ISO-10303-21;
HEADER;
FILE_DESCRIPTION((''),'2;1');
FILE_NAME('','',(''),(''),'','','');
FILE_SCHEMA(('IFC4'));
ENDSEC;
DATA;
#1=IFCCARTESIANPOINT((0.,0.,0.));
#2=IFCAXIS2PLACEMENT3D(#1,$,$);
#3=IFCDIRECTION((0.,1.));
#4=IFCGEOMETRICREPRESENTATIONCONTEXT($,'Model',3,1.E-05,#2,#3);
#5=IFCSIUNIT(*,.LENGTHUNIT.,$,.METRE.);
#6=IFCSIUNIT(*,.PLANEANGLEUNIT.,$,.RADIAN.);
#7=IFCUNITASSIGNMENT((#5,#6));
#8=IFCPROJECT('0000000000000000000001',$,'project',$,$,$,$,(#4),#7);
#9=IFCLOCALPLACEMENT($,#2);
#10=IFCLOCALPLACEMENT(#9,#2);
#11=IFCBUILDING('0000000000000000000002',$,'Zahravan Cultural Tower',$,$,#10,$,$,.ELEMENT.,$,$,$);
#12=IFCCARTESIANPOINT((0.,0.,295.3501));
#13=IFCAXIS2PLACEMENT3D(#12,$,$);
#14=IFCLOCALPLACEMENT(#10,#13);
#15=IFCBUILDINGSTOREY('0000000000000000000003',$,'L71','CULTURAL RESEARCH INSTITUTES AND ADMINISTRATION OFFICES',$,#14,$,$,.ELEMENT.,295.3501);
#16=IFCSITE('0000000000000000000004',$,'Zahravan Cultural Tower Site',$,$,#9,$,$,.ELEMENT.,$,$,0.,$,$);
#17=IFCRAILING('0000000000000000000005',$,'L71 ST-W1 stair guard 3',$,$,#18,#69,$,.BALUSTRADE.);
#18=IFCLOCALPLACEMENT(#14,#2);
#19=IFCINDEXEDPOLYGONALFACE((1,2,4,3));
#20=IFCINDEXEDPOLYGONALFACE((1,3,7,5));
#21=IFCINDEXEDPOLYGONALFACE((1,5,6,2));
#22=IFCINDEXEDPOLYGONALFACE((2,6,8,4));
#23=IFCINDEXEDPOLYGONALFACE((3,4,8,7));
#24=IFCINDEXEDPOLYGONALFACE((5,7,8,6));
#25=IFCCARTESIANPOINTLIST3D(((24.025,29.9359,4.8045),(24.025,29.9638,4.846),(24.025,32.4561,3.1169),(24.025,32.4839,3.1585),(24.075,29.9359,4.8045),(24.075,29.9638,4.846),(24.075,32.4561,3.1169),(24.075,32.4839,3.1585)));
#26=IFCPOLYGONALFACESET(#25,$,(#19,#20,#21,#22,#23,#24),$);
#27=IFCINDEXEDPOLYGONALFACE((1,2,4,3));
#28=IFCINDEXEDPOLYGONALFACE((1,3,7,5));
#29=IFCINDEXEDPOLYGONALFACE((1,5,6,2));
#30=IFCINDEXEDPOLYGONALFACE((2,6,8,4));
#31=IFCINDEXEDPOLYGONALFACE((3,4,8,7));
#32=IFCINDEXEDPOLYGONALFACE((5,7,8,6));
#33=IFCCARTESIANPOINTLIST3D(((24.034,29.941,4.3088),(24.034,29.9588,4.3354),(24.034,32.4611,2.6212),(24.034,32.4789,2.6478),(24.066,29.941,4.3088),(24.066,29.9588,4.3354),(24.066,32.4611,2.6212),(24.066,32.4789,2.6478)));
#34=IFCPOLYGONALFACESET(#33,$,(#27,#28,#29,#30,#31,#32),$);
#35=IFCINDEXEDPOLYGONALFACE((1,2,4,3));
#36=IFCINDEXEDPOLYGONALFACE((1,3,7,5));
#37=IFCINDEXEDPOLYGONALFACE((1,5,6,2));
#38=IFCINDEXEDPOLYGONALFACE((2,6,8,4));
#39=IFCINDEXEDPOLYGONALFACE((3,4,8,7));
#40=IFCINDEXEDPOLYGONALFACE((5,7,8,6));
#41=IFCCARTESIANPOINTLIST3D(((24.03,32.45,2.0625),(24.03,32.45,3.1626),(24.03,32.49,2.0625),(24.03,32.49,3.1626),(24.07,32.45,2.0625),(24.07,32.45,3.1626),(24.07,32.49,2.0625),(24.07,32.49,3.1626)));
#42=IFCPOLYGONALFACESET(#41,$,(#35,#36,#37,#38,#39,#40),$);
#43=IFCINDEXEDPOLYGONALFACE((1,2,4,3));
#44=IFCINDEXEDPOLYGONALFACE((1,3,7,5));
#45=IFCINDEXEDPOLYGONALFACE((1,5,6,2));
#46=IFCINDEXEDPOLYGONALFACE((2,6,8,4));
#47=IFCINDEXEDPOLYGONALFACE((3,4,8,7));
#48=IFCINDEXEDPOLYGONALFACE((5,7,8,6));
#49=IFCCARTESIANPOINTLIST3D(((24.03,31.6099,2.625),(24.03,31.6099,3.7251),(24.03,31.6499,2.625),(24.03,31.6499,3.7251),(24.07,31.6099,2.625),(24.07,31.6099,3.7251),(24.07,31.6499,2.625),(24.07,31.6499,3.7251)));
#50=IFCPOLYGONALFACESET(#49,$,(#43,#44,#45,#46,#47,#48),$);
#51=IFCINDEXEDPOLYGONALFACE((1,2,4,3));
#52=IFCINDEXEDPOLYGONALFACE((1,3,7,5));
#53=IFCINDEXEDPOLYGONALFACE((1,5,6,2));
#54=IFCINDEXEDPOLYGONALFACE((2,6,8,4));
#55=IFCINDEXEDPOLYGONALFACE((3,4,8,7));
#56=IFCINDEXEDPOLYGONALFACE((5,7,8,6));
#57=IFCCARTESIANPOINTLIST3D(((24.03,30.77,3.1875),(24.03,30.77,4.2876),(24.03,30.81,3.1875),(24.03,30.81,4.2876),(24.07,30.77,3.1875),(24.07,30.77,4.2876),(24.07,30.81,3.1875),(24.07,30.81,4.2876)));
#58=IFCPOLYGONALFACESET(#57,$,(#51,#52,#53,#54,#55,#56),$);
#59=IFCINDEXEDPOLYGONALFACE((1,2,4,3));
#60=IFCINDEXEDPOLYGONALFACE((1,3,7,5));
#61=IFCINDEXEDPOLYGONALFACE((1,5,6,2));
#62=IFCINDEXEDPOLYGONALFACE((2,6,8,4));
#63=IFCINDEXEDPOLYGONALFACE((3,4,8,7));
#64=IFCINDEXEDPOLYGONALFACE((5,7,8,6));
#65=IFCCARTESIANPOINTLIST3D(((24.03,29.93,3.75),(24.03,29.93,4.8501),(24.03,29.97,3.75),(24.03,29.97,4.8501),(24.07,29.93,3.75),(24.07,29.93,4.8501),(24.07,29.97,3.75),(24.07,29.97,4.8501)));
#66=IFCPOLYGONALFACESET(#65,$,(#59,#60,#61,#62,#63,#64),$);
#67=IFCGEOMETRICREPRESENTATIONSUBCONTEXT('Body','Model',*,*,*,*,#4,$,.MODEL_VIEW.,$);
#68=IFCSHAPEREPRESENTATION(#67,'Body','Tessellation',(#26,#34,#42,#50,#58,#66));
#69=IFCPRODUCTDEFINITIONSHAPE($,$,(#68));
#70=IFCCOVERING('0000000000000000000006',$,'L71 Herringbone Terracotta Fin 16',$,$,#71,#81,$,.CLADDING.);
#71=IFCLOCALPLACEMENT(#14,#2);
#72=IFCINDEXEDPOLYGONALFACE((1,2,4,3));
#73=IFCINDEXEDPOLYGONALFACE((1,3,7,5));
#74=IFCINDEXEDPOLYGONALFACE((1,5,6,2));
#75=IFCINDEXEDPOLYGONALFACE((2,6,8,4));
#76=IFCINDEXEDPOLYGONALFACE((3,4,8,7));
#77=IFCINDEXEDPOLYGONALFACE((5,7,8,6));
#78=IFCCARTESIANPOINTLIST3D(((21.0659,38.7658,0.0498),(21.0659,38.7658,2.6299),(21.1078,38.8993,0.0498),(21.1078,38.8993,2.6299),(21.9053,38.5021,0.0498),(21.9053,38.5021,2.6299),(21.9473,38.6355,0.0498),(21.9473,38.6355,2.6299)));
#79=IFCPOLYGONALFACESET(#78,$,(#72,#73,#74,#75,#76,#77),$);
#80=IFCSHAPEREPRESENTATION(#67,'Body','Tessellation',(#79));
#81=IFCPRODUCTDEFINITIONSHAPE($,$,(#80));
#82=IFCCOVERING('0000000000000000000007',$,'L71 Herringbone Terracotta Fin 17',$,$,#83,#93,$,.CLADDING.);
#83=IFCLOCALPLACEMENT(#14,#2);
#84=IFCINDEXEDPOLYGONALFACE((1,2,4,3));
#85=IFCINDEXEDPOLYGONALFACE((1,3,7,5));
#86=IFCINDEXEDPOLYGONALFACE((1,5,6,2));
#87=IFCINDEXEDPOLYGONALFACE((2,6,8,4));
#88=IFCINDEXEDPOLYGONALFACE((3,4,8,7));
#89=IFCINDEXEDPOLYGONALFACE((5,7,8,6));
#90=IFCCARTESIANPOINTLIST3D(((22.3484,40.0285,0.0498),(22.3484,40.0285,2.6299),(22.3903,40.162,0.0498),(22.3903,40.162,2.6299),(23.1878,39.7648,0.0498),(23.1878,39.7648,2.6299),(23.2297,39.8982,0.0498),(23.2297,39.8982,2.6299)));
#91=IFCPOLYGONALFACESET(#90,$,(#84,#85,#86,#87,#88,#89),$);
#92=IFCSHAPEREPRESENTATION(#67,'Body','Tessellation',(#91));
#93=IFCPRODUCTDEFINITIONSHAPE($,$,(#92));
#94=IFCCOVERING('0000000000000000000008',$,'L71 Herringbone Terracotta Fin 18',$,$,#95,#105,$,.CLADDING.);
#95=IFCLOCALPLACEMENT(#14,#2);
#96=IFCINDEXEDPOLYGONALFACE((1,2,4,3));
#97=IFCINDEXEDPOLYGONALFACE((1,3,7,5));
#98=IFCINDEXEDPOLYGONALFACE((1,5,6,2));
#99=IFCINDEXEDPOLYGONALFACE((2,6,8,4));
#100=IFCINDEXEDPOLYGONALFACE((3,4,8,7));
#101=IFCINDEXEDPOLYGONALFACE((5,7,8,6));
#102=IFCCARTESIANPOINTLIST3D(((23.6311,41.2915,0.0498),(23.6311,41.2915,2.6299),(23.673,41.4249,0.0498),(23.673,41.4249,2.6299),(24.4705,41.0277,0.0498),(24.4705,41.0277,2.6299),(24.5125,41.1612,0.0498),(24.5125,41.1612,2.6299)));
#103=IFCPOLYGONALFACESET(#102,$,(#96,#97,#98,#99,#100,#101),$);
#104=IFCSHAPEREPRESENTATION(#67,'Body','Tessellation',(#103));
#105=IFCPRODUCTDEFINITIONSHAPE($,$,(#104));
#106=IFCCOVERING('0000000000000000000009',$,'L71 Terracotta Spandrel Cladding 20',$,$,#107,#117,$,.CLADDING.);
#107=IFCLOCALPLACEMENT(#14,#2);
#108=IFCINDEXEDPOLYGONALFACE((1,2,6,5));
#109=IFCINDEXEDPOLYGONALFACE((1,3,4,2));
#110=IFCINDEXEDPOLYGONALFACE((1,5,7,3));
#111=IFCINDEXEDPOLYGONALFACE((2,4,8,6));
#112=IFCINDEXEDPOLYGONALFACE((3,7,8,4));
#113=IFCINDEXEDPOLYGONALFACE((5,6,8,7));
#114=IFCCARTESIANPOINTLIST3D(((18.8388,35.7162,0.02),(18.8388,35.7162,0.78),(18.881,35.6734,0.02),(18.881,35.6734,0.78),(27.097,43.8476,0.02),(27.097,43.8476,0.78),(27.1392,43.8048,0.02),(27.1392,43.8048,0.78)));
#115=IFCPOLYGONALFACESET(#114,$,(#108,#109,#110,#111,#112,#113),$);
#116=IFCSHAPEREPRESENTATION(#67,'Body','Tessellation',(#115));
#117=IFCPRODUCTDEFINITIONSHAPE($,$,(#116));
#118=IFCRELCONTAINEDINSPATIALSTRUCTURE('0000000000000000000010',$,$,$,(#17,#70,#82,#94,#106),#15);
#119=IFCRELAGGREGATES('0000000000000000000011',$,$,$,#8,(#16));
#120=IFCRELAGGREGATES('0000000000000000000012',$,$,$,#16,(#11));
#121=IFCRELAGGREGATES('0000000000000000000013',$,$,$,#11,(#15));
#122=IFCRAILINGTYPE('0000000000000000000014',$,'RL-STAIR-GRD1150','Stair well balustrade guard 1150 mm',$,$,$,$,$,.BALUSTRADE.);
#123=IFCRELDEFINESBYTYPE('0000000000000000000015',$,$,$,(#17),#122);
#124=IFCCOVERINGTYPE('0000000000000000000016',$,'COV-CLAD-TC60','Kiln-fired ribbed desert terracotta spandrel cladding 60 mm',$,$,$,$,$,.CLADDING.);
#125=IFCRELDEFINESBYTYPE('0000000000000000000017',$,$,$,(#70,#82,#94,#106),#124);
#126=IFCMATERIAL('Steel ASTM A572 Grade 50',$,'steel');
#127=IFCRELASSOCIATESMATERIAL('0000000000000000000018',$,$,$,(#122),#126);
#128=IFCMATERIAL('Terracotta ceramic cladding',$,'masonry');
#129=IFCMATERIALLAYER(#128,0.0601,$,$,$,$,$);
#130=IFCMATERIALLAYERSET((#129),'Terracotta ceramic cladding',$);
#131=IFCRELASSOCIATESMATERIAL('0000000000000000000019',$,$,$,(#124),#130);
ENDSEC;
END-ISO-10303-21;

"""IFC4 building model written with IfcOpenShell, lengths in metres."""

from ifc_helpers import new_model, si_unit, direction, frame, origin, origin_2d, place, context, subcontext, project, spatial, rectangle, extrude, source, transform, mapped, material, layer, layer_set, type_object, element, save


model = new_model("IFC4")

# Units and contexts
model_context = context("Model", 3, precision=1e-05, world=origin(), true_north=direction((0.0, 1.0)))
body_context = subcontext(model_context, "Body", "Model", "MODEL_VIEW")
ifc_project = project(units=[si_unit("LENGTHUNIT", "METRE"), si_unit("PLANEANGLEUNIT", "RADIAN")], contexts=[model_context])

# Site, building, storey
site_placement = place(None, origin())
site = spatial("IfcSite", under=ifc_project, at=site_placement, Name="Zahravan Cultural Tower Site", CompositionType="ELEMENT", RefElevation=0.0)
building_placement = place(site_placement, origin())
building = spatial("IfcBuilding", under=site, at=building_placement, Name="Zahravan Cultural Tower", CompositionType="ELEMENT")
storey_placement = place(building_placement, frame((0.0, 0.0, 295.3501)))
storey = spatial("IfcBuildingStorey", under=building, at=storey_placement, Name="L71", Description="CULTURAL RESEARCH INSTITUTES AND ADMINISTRATION OFFICES", CompositionType="ELEMENT", Elevation=295.3501)

# Railing
ifc_material_1 = material(Name="Steel ASTM A572 Grade 50", Category="steel")
railing_type = type_object("IfcRailingType", Name="RL-STAIR-GRD1150", Description="Stair well balustrade guard 1150 mm", PredefinedType="BALUSTRADE", material=ifc_material_1)
railing_placement = place(storey_placement, frame((24.05, 32.47, 2.0625)))
element("IfcRailing", 1, at=railing_placement, inside=storey, type_object=railing_type, Name="L71 ST-W1 stair guard 3", PredefinedType="BALUSTRADE", context=body_context, shape_type="SweptSolid", body=[
    extrude(rectangle(XDim=0.05, YDim=0.05, at=origin_2d()), frame((0.0, 0.0, 1.0752), z_axis=(0.0, -0.830909, 0.556408), x_axis=(1.0, 0.0, 0.0)), (0.0, 0.0, 1.0), 3.033),
    extrude(rectangle(XDim=0.032, YDim=0.032, at=origin_2d()), frame((0.0, 0.0, 0.572), z_axis=(0.0, -0.830909, 0.556408), x_axis=(1.0, 0.0, 0.0)), (0.0, 0.0, 1.0), 3.033),
    extrude(rectangle(XDim=0.04, YDim=0.04, at=origin_2d()), origin(), (0.0, 0.0, 1.0), 1.1001),
    extrude(rectangle(XDim=0.04, YDim=0.04, at=origin_2d()), frame((0.0, -0.8401, 0.5625)), (0.0, 0.0, 1.0), 1.1001),
    extrude(rectangle(XDim=0.04, YDim=0.04, at=origin_2d()), frame((0.0, -1.6799, 1.125)), (0.0, 0.0, 1.0), 1.1001),
    extrude(rectangle(XDim=0.04, YDim=0.04, at=origin_2d()), frame((0.0, -2.52, 1.6875)), (0.0, 0.0, 1.0), 1.1001),
])

# Coverings
ifc_material_2 = material(Name="Terracotta ceramic cladding", Category="masonry")
ifc_layer_1 = layer(ifc_material_2, 0.0601)
ifc_layer_set_1 = layer_set([ifc_layer_1], Name="Terracotta ceramic cladding")
covering_type = type_object("IfcCoveringType", Name="COV-CLAD-TC60", Description="Kiln-fired ribbed desert terracotta spandrel cladding 60 mm", PredefinedType="CLADDING", material=ifc_layer_set_1)
shared_shape_1 = source(origin(), body_context, "Body", "SweptSolid", [
    extrude(rectangle(XDim=0.8799, YDim=0.1399, at=origin_2d()), origin(), (0.0, 0.0, 1.0), 2.5801),
])
for number, where, z_axis, x_axis, name in (
    (2, (21.5066, 38.7007, 0.0498), (0.0, 0.0, 1.0), (-0.954016, 0.299757, 0.0), "L71 Herringbone Terracotta Fin 16"),
    (3, (22.7891, 39.9634, 0.0498), (0.0, 0.0, 1.0), (-0.954016, 0.299757, 0.0), "L71 Herringbone Terracotta Fin 17"),
    (4, (24.0718, 41.2263, 0.0498), (0.0, 0.0, 1.0), (-0.954016, 0.299757, 0.0), "L71 Herringbone Terracotta Fin 18"),
):
    element("IfcCovering", number, at=place(storey_placement, frame(where, z_axis=z_axis, x_axis=x_axis)), inside=storey, type_object=covering_type, Name=name, PredefinedType="CLADDING", context=body_context, shape_type="MappedRepresentation", body=[
        mapped(shared_shape_1, transform((0.0, 0.0, 0.0), x_axis=(1.0, 0.0, 0.0), y_axis=(0.0, 1.0, 0.0), z_axis=(0.0, 0.0, 1.0), scale=1.0)),
    ])
shared_shape_2 = source(origin(), body_context, "Body", "SweptSolid", [
    extrude(rectangle(XDim=11.5896, YDim=0.0601, at=origin_2d()), origin(), (0.0, 0.0, 1.0), 0.76),
])
covering_placement = place(storey_placement, frame((22.989, 39.7605, 0.02), z_axis=(0.0, 0.0, 1.0), x_axis=(0.712553, 0.701618, 0.0)))
element("IfcCovering", 5, at=covering_placement, inside=storey, type_object=covering_type, Name="L71 Terracotta Spandrel Cladding 20", PredefinedType="CLADDING", context=body_context, shape_type="MappedRepresentation", body=[
    mapped(shared_shape_2, transform((0.0, 0.0, 0.0), x_axis=(1.0, 0.0, 0.0), y_axis=(0.0, 1.0, 0.0), z_axis=(0.0, 0.0, 1.0), scale=1.0)),
])

save(model, "model.ifc")
